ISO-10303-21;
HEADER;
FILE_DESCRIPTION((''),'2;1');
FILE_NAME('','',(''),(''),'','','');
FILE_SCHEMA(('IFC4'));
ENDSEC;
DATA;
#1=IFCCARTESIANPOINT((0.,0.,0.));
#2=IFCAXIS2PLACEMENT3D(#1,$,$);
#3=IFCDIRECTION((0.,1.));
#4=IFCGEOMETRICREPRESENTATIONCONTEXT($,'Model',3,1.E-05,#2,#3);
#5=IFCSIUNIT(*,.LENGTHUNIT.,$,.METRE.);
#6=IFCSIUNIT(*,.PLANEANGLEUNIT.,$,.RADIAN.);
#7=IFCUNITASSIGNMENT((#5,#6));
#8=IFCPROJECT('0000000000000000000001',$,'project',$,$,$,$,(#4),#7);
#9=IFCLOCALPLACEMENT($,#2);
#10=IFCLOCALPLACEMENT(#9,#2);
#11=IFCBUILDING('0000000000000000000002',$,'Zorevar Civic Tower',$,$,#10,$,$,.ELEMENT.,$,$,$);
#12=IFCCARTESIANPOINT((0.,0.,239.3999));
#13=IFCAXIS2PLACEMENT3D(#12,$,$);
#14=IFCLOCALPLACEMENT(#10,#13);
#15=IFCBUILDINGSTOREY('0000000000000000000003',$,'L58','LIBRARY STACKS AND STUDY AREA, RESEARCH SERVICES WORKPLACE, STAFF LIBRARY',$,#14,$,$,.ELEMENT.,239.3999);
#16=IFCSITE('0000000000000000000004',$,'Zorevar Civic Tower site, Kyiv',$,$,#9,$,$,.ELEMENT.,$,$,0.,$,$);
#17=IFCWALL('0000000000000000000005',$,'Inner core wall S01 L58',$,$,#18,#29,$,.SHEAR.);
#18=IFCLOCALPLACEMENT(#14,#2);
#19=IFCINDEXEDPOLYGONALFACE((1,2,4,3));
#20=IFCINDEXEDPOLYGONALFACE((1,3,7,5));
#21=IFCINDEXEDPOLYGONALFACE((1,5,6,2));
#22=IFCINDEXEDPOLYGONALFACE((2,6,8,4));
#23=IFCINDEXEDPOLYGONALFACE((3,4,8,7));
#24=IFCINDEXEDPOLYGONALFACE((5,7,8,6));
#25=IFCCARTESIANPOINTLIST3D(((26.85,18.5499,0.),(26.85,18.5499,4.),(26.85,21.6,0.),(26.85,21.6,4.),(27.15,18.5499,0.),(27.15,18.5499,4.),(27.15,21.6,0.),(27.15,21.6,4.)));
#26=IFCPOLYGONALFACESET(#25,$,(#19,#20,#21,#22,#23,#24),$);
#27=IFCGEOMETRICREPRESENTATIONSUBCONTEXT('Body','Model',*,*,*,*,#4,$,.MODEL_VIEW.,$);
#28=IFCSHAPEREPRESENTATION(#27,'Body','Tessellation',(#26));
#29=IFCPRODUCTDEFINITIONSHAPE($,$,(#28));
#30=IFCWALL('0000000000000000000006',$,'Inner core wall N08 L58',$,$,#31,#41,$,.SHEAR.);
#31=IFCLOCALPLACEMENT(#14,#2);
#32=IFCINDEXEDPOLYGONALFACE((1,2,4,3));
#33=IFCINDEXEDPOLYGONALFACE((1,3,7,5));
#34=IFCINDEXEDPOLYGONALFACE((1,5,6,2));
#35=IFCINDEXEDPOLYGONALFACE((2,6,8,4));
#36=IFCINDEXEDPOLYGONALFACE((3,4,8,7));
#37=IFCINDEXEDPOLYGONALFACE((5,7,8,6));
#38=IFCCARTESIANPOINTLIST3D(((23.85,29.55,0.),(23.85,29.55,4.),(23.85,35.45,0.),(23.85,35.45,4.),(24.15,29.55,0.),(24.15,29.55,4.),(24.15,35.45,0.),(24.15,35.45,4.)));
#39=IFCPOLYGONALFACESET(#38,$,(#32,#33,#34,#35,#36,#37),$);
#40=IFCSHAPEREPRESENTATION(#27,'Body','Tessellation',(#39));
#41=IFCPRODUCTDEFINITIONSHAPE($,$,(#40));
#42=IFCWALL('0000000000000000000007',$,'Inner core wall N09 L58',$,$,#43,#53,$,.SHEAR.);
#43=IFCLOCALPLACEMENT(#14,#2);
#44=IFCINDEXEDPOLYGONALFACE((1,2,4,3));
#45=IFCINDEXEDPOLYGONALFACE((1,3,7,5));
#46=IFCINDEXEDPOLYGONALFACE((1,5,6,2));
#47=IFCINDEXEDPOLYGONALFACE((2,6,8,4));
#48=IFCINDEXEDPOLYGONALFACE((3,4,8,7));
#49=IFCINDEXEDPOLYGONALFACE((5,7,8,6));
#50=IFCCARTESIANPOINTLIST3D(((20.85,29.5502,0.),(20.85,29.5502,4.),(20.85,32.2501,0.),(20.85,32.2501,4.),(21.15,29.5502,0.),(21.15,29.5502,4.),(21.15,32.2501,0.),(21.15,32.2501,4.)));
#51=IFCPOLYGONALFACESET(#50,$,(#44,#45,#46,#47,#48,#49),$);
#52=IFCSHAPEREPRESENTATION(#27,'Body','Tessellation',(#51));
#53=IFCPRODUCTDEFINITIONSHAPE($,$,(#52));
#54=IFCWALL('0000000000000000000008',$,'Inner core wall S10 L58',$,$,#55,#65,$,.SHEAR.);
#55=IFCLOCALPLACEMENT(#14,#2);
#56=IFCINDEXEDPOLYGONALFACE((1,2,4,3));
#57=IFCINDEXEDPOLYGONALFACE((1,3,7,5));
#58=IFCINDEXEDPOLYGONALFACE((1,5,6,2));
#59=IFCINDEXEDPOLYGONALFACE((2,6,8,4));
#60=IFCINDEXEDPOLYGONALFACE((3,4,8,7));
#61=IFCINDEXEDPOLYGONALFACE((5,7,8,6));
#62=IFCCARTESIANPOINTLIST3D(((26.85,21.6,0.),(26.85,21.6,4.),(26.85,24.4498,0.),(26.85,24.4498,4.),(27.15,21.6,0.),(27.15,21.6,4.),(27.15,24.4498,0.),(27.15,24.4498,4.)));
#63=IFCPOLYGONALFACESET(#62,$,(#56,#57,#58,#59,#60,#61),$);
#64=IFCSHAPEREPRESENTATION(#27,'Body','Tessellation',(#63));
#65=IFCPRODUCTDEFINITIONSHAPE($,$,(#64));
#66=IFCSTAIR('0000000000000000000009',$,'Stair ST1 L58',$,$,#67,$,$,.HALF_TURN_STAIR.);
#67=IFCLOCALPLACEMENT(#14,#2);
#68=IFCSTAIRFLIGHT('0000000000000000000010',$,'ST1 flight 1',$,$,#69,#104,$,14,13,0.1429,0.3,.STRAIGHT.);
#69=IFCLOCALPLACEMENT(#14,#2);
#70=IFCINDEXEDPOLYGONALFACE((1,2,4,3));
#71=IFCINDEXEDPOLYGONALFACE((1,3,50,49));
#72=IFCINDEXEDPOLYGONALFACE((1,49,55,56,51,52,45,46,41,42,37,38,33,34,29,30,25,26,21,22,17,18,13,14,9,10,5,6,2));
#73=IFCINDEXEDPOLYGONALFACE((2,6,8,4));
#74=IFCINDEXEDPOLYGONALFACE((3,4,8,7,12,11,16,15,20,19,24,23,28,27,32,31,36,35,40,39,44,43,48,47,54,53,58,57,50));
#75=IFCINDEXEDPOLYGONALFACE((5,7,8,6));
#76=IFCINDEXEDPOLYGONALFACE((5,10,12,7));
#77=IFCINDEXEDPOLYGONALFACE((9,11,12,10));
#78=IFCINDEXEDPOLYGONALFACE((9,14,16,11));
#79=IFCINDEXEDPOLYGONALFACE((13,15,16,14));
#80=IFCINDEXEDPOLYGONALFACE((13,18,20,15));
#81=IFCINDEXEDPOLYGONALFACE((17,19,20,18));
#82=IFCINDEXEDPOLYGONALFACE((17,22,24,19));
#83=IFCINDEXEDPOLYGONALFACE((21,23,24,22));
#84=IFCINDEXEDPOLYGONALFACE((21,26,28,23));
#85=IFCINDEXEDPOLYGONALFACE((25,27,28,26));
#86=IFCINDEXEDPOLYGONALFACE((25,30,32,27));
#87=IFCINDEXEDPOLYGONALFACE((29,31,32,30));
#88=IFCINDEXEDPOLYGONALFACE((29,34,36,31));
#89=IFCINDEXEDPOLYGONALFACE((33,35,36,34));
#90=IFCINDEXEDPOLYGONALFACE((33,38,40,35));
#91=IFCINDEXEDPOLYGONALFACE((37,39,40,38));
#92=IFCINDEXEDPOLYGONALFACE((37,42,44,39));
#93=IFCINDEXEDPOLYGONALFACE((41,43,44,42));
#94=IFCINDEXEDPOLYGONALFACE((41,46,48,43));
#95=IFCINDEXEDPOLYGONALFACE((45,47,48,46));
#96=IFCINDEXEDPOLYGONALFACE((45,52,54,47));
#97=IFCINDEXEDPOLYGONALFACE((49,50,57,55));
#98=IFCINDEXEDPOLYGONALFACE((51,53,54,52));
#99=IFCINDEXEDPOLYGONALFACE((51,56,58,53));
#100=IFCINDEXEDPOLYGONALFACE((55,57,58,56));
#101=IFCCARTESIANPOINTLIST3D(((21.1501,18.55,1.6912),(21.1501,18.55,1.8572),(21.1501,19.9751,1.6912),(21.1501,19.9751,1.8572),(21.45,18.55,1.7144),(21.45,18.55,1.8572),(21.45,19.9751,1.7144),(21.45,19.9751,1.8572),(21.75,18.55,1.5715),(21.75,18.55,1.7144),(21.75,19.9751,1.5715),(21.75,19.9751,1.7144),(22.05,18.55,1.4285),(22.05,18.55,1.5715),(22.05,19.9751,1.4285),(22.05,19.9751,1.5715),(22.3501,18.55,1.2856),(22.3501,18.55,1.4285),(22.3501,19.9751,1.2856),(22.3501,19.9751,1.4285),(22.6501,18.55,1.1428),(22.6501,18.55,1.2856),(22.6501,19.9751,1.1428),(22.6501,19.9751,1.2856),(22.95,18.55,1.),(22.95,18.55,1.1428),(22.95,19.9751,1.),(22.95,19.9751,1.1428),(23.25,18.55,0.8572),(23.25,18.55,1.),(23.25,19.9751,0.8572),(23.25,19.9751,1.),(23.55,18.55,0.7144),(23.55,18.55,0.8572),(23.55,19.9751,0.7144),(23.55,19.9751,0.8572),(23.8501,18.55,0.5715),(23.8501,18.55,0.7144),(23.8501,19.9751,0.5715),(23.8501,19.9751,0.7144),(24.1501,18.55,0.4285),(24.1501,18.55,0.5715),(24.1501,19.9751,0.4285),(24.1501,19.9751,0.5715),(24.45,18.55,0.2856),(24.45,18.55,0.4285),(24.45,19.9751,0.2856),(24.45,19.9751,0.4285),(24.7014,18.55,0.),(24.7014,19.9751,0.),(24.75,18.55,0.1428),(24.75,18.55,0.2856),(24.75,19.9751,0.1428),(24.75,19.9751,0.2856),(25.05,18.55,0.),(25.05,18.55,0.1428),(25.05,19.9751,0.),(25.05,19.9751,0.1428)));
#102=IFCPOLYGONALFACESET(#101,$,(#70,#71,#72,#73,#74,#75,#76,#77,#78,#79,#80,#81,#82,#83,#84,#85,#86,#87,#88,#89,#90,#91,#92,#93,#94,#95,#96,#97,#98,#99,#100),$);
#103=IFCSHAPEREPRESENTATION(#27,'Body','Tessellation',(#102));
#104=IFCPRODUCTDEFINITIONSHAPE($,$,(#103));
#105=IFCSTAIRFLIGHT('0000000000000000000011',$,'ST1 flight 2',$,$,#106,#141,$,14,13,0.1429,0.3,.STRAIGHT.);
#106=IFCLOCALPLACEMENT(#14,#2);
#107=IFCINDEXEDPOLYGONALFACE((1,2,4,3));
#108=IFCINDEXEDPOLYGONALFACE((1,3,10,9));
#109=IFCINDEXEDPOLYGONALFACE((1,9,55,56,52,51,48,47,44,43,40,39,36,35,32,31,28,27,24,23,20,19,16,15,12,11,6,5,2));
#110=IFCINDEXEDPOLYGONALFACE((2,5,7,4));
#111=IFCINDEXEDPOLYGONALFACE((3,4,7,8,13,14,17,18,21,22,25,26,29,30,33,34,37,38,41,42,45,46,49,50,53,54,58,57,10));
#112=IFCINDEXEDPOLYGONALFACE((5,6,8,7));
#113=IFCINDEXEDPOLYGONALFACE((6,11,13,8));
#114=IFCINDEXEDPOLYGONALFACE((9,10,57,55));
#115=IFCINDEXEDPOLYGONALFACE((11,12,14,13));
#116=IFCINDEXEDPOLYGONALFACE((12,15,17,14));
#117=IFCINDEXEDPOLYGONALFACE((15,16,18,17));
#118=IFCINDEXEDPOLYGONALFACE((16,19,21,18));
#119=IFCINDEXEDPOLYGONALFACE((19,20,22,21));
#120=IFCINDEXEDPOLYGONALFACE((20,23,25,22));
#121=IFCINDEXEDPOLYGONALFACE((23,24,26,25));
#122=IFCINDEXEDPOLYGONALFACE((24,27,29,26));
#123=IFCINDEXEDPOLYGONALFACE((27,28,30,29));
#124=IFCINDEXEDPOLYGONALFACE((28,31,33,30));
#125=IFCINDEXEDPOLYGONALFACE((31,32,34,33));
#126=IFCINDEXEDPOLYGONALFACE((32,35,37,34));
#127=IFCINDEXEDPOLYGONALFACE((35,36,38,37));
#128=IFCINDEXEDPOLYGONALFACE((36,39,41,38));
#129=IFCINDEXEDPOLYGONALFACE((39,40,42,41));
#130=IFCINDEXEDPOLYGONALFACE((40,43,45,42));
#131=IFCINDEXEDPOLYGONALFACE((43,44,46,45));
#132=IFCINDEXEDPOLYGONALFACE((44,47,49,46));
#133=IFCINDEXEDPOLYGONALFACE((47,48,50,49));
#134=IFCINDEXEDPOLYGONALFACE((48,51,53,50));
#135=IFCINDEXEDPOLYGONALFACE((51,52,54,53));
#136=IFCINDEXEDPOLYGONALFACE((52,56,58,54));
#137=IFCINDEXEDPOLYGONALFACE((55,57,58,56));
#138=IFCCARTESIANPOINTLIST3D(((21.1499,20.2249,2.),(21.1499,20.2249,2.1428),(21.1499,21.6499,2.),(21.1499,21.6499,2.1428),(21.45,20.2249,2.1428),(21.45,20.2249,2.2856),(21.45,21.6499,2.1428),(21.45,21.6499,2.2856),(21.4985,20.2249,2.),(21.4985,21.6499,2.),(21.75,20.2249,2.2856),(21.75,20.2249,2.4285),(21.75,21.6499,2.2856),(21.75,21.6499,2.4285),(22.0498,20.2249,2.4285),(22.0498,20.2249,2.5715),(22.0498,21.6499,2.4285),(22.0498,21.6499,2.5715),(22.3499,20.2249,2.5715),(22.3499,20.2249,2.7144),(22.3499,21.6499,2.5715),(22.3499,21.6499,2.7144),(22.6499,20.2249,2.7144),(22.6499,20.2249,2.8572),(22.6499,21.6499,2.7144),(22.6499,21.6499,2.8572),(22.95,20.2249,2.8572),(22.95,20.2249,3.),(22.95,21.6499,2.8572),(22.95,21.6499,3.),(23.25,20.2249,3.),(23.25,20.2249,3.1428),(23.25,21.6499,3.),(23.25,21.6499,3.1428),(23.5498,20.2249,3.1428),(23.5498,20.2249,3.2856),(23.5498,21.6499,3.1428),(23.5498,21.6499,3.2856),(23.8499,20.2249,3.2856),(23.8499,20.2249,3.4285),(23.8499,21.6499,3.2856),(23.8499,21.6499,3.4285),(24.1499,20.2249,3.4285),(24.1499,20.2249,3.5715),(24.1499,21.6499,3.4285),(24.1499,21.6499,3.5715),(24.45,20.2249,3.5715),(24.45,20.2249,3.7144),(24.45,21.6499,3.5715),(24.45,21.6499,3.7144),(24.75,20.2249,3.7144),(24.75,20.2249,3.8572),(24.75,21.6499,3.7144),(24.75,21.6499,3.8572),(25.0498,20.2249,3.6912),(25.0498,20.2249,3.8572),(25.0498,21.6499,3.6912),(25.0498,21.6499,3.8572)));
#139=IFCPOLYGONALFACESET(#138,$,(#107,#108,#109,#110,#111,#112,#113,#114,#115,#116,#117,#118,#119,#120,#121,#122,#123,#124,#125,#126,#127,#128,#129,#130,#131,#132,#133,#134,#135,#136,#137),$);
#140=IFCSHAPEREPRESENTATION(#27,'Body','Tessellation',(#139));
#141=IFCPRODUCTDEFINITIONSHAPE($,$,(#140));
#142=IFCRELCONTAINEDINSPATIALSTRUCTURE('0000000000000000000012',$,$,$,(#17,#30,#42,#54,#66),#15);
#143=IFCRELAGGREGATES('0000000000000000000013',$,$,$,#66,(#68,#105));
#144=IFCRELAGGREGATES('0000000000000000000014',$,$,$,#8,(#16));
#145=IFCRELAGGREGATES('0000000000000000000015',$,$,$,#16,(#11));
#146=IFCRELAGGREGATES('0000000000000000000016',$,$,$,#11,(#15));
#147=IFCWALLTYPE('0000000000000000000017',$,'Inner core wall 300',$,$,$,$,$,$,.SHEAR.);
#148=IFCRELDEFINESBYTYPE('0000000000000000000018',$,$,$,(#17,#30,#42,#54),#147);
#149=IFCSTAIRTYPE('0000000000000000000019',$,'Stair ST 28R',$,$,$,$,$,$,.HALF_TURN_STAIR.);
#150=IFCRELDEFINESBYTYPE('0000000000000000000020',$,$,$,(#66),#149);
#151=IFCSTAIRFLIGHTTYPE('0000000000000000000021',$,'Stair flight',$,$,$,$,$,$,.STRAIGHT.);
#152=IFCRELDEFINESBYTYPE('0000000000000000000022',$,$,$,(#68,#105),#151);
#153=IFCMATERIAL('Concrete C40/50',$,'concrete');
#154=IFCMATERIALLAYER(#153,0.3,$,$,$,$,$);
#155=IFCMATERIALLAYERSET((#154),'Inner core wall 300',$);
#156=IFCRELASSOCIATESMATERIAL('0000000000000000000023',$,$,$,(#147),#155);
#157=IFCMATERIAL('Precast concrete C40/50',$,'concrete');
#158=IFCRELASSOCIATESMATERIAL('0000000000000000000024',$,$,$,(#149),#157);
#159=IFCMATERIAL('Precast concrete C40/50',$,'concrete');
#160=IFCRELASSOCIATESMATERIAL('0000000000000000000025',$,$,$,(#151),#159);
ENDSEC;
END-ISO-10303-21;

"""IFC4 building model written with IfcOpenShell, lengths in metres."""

from ifc_helpers import new_model, si_unit, direction, frame, frame_2d, origin, place, context, subcontext, project, spatial, polyline, rectangle, outline, extrude, material, layer, layer_set, type_object, element, aggregate, save


model = new_model("IFC4")

# Units and contexts
model_context = context("Model", 3, precision=1e-05, world=origin(), true_north=direction((0.0, 1.0)))
body_context = subcontext(model_context, "Body", "Model", "MODEL_VIEW")
ifc_project = project(units=[si_unit("LENGTHUNIT", "METRE"), si_unit("PLANEANGLEUNIT", "RADIAN")], contexts=[model_context])

# Site, building, storey
site_placement = place(None, origin())
site = spatial("IfcSite", under=ifc_project, at=site_placement, Name="Zorevar Civic Tower site, Kyiv", CompositionType="ELEMENT", RefElevation=0.0)
building_placement = place(site_placement, origin())
building = spatial("IfcBuilding", under=site, at=building_placement, Name="Zorevar Civic Tower", CompositionType="ELEMENT")
storey_placement = place(building_placement, frame((0.0, 0.0, 239.3999)))
storey = spatial("IfcBuildingStorey", under=building, at=storey_placement, Name="L58", Description="LIBRARY STACKS AND STUDY AREA, RESEARCH SERVICES WORKPLACE, STAFF LIBRARY", CompositionType="ELEMENT", Elevation=239.3999)

# Wall
ifc_material_1 = material(Name="Concrete C40/50", Category="concrete")
ifc_layer = layer(ifc_material_1, 0.3)
ifc_layer_set = layer_set([ifc_layer], Name="Inner core wall 300")
wall_type = type_object("IfcWallType", Name="Inner core wall 300", PredefinedType="SHEAR", material=ifc_layer_set)
wall_1_placement = place(storey_placement, frame((27.0, 18.55, 0.0), z_axis=(0.0, 0.0, 1.0), x_axis=(0.0, 1.0, 0.0)))
element("IfcWall", 1, at=wall_1_placement, inside=storey, type_object=wall_type, Name="Inner core wall S01 L58", PredefinedType="SHEAR", context=body_context, shape_type="SweptSolid", body=[
    extrude(rectangle(XDim=3.05, YDim=0.3, at=frame_2d((1.5249, 0.0))), origin(), (0.0, 0.0, 1.0), 4.0),
])

# Walls
wall_2_placement = place(storey_placement, frame((24.0, 29.55, 0.0), z_axis=(0.0, 0.0, 1.0), x_axis=(0.0, 1.0, 0.0)))
element("IfcWall", 2, at=wall_2_placement, inside=storey, type_object=wall_type, Name="Inner core wall N08 L58", PredefinedType="SHEAR", context=body_context, shape_type="SweptSolid", body=[
    extrude(rectangle(XDim=5.8999, YDim=0.3, at=frame_2d((2.95, 0.0))), origin(), (0.0, 0.0, 1.0), 4.0),
])
wall_3_placement = place(storey_placement, frame((21.0, 29.55, 0.0), z_axis=(0.0, 0.0, 1.0), x_axis=(0.0, 1.0, 0.0)))
element("IfcWall", 3, at=wall_3_placement, inside=storey, type_object=wall_type, Name="Inner core wall N09 L58", PredefinedType="SHEAR", context=body_context, shape_type="SweptSolid", body=[
    extrude(rectangle(XDim=2.7, YDim=0.3, at=frame_2d((1.3501, 0.0))), origin(), (0.0, 0.0, 1.0), 4.0),
])
wall_4_placement = place(storey_placement, frame((27.0, 21.6001, 0.0), z_axis=(0.0, 0.0, 1.0), x_axis=(0.0, 1.0, 0.0)))
element("IfcWall", 4, at=wall_4_placement, inside=storey, type_object=wall_type, Name="Inner core wall S10 L58", PredefinedType="SHEAR", context=body_context, shape_type="SweptSolid", body=[
    extrude(rectangle(XDim=2.8499, YDim=0.3, at=frame_2d((1.4248, 0.0))), origin(), (0.0, 0.0, 1.0), 4.0),
])

# Stair, stair flights
ifc_material_2 = material(Name="Precast concrete C40/50", Category="concrete")
stair_type = type_object("IfcStairType", Name="Stair ST 28R", PredefinedType="HALF_TURN_STAIR", material=ifc_material_2)
stair_placement = place(storey_placement, origin())
stair = element("IfcStair", 5, at=stair_placement, inside=storey, type_object=stair_type, Name="Stair ST1 L58", PredefinedType="HALF_TURN_STAIR")
ifc_material_3 = material(Name="Precast concrete C40/50", Category="concrete")
stair_flight_type = type_object("IfcStairFlightType", Name="Stair flight", PredefinedType="STRAIGHT", material=ifc_material_3)
stair_flight_1_placement = place(storey_placement, frame((25.05, 19.2625, 0.0), z_axis=(0.0, 0.0, 1.0), x_axis=(-1.0, 0.0, 0.0)))
stair_flight_1 = element("IfcStairFlight", 6, at=stair_flight_1_placement, type_object=stair_flight_type, Name="ST1 flight 1", NumberOfRisers=14, NumberOfTreads=13, PredefinedType="STRAIGHT", RiserHeight=0.1429, TreadLength=0.3, context=body_context, shape_type="SweptSolid", body=[
    extrude(outline(polyline([(0.0, 0.0), (0.0, 0.1428), (0.3, 0.1428), (0.3, 0.2856), (0.6001, 0.2856), (0.6001, 0.4285), (0.8999, 0.4285), (0.8999, 0.5715), (1.2, 0.5715), (1.2, 0.7144), (1.5, 0.7144), (1.5, 0.8572), (1.8, 0.8572), (1.8, 1.0), (2.1001, 1.0), (2.1001, 1.1428), (2.3999, 1.1428), (2.3999, 1.2856), (2.7, 1.2856), (2.7, 1.4285), (3.0, 1.4285), (3.0, 1.5715), (3.3, 1.5715), (3.3, 1.7144), (3.6001, 1.7144), (3.6001, 1.8572), (3.8999, 1.8572), (3.8999, 2.0), (3.8999, 1.6912), (0.3486, 0.0), (0.0, 0.0)])), frame((0.0, 0.7124, 0.0), z_axis=(0.0, -1.0, 0.0), x_axis=(1.0, 0.0, 0.0)), (0.0, 0.0, 1.0), 1.425),
])
stair_flight_2_placement = place(storey_placement, frame((21.1499, 20.9375, 2.0), z_axis=(0.0, 0.0, 1.0), x_axis=(1.0, 0.0, 0.0)))
stair_flight_2 = element("IfcStairFlight", 7, at=stair_flight_2_placement, type_object=stair_flight_type, Name="ST1 flight 2", NumberOfRisers=14, NumberOfTreads=13, PredefinedType="STRAIGHT", RiserHeight=0.1429, TreadLength=0.3, context=body_context, shape_type="SweptSolid", body=[
    extrude(outline(polyline([(0.0, 0.0), (0.0, 0.1428), (0.3, 0.1428), (0.3, 0.2856), (0.6001, 0.2856), (0.6001, 0.4285), (0.8999, 0.4285), (0.8999, 0.5715), (1.2, 0.5715), (1.2, 0.7144), (1.5, 0.7144), (1.5, 0.8572), (1.8, 0.8572), (1.8, 1.0), (2.1001, 1.0), (2.1001, 1.1428), (2.3999, 1.1428), (2.3999, 1.2856), (2.7, 1.2856), (2.7, 1.4285), (3.0, 1.4285), (3.0, 1.5715), (3.3, 1.5715), (3.3, 1.7144), (3.6001, 1.7144), (3.6001, 1.8572), (3.8999, 1.8572), (3.8999, 2.0), (3.8999, 1.6912), (0.3486, 0.0), (0.0, 0.0)])), frame((0.0, 0.7124, 0.0), z_axis=(0.0, -1.0, 0.0), x_axis=(1.0, 0.0, 0.0)), (0.0, 0.0, 1.0), 1.425),
])
aggregate(stair, [stair_flight_1, stair_flight_2])

save(model, "model.ifc")
